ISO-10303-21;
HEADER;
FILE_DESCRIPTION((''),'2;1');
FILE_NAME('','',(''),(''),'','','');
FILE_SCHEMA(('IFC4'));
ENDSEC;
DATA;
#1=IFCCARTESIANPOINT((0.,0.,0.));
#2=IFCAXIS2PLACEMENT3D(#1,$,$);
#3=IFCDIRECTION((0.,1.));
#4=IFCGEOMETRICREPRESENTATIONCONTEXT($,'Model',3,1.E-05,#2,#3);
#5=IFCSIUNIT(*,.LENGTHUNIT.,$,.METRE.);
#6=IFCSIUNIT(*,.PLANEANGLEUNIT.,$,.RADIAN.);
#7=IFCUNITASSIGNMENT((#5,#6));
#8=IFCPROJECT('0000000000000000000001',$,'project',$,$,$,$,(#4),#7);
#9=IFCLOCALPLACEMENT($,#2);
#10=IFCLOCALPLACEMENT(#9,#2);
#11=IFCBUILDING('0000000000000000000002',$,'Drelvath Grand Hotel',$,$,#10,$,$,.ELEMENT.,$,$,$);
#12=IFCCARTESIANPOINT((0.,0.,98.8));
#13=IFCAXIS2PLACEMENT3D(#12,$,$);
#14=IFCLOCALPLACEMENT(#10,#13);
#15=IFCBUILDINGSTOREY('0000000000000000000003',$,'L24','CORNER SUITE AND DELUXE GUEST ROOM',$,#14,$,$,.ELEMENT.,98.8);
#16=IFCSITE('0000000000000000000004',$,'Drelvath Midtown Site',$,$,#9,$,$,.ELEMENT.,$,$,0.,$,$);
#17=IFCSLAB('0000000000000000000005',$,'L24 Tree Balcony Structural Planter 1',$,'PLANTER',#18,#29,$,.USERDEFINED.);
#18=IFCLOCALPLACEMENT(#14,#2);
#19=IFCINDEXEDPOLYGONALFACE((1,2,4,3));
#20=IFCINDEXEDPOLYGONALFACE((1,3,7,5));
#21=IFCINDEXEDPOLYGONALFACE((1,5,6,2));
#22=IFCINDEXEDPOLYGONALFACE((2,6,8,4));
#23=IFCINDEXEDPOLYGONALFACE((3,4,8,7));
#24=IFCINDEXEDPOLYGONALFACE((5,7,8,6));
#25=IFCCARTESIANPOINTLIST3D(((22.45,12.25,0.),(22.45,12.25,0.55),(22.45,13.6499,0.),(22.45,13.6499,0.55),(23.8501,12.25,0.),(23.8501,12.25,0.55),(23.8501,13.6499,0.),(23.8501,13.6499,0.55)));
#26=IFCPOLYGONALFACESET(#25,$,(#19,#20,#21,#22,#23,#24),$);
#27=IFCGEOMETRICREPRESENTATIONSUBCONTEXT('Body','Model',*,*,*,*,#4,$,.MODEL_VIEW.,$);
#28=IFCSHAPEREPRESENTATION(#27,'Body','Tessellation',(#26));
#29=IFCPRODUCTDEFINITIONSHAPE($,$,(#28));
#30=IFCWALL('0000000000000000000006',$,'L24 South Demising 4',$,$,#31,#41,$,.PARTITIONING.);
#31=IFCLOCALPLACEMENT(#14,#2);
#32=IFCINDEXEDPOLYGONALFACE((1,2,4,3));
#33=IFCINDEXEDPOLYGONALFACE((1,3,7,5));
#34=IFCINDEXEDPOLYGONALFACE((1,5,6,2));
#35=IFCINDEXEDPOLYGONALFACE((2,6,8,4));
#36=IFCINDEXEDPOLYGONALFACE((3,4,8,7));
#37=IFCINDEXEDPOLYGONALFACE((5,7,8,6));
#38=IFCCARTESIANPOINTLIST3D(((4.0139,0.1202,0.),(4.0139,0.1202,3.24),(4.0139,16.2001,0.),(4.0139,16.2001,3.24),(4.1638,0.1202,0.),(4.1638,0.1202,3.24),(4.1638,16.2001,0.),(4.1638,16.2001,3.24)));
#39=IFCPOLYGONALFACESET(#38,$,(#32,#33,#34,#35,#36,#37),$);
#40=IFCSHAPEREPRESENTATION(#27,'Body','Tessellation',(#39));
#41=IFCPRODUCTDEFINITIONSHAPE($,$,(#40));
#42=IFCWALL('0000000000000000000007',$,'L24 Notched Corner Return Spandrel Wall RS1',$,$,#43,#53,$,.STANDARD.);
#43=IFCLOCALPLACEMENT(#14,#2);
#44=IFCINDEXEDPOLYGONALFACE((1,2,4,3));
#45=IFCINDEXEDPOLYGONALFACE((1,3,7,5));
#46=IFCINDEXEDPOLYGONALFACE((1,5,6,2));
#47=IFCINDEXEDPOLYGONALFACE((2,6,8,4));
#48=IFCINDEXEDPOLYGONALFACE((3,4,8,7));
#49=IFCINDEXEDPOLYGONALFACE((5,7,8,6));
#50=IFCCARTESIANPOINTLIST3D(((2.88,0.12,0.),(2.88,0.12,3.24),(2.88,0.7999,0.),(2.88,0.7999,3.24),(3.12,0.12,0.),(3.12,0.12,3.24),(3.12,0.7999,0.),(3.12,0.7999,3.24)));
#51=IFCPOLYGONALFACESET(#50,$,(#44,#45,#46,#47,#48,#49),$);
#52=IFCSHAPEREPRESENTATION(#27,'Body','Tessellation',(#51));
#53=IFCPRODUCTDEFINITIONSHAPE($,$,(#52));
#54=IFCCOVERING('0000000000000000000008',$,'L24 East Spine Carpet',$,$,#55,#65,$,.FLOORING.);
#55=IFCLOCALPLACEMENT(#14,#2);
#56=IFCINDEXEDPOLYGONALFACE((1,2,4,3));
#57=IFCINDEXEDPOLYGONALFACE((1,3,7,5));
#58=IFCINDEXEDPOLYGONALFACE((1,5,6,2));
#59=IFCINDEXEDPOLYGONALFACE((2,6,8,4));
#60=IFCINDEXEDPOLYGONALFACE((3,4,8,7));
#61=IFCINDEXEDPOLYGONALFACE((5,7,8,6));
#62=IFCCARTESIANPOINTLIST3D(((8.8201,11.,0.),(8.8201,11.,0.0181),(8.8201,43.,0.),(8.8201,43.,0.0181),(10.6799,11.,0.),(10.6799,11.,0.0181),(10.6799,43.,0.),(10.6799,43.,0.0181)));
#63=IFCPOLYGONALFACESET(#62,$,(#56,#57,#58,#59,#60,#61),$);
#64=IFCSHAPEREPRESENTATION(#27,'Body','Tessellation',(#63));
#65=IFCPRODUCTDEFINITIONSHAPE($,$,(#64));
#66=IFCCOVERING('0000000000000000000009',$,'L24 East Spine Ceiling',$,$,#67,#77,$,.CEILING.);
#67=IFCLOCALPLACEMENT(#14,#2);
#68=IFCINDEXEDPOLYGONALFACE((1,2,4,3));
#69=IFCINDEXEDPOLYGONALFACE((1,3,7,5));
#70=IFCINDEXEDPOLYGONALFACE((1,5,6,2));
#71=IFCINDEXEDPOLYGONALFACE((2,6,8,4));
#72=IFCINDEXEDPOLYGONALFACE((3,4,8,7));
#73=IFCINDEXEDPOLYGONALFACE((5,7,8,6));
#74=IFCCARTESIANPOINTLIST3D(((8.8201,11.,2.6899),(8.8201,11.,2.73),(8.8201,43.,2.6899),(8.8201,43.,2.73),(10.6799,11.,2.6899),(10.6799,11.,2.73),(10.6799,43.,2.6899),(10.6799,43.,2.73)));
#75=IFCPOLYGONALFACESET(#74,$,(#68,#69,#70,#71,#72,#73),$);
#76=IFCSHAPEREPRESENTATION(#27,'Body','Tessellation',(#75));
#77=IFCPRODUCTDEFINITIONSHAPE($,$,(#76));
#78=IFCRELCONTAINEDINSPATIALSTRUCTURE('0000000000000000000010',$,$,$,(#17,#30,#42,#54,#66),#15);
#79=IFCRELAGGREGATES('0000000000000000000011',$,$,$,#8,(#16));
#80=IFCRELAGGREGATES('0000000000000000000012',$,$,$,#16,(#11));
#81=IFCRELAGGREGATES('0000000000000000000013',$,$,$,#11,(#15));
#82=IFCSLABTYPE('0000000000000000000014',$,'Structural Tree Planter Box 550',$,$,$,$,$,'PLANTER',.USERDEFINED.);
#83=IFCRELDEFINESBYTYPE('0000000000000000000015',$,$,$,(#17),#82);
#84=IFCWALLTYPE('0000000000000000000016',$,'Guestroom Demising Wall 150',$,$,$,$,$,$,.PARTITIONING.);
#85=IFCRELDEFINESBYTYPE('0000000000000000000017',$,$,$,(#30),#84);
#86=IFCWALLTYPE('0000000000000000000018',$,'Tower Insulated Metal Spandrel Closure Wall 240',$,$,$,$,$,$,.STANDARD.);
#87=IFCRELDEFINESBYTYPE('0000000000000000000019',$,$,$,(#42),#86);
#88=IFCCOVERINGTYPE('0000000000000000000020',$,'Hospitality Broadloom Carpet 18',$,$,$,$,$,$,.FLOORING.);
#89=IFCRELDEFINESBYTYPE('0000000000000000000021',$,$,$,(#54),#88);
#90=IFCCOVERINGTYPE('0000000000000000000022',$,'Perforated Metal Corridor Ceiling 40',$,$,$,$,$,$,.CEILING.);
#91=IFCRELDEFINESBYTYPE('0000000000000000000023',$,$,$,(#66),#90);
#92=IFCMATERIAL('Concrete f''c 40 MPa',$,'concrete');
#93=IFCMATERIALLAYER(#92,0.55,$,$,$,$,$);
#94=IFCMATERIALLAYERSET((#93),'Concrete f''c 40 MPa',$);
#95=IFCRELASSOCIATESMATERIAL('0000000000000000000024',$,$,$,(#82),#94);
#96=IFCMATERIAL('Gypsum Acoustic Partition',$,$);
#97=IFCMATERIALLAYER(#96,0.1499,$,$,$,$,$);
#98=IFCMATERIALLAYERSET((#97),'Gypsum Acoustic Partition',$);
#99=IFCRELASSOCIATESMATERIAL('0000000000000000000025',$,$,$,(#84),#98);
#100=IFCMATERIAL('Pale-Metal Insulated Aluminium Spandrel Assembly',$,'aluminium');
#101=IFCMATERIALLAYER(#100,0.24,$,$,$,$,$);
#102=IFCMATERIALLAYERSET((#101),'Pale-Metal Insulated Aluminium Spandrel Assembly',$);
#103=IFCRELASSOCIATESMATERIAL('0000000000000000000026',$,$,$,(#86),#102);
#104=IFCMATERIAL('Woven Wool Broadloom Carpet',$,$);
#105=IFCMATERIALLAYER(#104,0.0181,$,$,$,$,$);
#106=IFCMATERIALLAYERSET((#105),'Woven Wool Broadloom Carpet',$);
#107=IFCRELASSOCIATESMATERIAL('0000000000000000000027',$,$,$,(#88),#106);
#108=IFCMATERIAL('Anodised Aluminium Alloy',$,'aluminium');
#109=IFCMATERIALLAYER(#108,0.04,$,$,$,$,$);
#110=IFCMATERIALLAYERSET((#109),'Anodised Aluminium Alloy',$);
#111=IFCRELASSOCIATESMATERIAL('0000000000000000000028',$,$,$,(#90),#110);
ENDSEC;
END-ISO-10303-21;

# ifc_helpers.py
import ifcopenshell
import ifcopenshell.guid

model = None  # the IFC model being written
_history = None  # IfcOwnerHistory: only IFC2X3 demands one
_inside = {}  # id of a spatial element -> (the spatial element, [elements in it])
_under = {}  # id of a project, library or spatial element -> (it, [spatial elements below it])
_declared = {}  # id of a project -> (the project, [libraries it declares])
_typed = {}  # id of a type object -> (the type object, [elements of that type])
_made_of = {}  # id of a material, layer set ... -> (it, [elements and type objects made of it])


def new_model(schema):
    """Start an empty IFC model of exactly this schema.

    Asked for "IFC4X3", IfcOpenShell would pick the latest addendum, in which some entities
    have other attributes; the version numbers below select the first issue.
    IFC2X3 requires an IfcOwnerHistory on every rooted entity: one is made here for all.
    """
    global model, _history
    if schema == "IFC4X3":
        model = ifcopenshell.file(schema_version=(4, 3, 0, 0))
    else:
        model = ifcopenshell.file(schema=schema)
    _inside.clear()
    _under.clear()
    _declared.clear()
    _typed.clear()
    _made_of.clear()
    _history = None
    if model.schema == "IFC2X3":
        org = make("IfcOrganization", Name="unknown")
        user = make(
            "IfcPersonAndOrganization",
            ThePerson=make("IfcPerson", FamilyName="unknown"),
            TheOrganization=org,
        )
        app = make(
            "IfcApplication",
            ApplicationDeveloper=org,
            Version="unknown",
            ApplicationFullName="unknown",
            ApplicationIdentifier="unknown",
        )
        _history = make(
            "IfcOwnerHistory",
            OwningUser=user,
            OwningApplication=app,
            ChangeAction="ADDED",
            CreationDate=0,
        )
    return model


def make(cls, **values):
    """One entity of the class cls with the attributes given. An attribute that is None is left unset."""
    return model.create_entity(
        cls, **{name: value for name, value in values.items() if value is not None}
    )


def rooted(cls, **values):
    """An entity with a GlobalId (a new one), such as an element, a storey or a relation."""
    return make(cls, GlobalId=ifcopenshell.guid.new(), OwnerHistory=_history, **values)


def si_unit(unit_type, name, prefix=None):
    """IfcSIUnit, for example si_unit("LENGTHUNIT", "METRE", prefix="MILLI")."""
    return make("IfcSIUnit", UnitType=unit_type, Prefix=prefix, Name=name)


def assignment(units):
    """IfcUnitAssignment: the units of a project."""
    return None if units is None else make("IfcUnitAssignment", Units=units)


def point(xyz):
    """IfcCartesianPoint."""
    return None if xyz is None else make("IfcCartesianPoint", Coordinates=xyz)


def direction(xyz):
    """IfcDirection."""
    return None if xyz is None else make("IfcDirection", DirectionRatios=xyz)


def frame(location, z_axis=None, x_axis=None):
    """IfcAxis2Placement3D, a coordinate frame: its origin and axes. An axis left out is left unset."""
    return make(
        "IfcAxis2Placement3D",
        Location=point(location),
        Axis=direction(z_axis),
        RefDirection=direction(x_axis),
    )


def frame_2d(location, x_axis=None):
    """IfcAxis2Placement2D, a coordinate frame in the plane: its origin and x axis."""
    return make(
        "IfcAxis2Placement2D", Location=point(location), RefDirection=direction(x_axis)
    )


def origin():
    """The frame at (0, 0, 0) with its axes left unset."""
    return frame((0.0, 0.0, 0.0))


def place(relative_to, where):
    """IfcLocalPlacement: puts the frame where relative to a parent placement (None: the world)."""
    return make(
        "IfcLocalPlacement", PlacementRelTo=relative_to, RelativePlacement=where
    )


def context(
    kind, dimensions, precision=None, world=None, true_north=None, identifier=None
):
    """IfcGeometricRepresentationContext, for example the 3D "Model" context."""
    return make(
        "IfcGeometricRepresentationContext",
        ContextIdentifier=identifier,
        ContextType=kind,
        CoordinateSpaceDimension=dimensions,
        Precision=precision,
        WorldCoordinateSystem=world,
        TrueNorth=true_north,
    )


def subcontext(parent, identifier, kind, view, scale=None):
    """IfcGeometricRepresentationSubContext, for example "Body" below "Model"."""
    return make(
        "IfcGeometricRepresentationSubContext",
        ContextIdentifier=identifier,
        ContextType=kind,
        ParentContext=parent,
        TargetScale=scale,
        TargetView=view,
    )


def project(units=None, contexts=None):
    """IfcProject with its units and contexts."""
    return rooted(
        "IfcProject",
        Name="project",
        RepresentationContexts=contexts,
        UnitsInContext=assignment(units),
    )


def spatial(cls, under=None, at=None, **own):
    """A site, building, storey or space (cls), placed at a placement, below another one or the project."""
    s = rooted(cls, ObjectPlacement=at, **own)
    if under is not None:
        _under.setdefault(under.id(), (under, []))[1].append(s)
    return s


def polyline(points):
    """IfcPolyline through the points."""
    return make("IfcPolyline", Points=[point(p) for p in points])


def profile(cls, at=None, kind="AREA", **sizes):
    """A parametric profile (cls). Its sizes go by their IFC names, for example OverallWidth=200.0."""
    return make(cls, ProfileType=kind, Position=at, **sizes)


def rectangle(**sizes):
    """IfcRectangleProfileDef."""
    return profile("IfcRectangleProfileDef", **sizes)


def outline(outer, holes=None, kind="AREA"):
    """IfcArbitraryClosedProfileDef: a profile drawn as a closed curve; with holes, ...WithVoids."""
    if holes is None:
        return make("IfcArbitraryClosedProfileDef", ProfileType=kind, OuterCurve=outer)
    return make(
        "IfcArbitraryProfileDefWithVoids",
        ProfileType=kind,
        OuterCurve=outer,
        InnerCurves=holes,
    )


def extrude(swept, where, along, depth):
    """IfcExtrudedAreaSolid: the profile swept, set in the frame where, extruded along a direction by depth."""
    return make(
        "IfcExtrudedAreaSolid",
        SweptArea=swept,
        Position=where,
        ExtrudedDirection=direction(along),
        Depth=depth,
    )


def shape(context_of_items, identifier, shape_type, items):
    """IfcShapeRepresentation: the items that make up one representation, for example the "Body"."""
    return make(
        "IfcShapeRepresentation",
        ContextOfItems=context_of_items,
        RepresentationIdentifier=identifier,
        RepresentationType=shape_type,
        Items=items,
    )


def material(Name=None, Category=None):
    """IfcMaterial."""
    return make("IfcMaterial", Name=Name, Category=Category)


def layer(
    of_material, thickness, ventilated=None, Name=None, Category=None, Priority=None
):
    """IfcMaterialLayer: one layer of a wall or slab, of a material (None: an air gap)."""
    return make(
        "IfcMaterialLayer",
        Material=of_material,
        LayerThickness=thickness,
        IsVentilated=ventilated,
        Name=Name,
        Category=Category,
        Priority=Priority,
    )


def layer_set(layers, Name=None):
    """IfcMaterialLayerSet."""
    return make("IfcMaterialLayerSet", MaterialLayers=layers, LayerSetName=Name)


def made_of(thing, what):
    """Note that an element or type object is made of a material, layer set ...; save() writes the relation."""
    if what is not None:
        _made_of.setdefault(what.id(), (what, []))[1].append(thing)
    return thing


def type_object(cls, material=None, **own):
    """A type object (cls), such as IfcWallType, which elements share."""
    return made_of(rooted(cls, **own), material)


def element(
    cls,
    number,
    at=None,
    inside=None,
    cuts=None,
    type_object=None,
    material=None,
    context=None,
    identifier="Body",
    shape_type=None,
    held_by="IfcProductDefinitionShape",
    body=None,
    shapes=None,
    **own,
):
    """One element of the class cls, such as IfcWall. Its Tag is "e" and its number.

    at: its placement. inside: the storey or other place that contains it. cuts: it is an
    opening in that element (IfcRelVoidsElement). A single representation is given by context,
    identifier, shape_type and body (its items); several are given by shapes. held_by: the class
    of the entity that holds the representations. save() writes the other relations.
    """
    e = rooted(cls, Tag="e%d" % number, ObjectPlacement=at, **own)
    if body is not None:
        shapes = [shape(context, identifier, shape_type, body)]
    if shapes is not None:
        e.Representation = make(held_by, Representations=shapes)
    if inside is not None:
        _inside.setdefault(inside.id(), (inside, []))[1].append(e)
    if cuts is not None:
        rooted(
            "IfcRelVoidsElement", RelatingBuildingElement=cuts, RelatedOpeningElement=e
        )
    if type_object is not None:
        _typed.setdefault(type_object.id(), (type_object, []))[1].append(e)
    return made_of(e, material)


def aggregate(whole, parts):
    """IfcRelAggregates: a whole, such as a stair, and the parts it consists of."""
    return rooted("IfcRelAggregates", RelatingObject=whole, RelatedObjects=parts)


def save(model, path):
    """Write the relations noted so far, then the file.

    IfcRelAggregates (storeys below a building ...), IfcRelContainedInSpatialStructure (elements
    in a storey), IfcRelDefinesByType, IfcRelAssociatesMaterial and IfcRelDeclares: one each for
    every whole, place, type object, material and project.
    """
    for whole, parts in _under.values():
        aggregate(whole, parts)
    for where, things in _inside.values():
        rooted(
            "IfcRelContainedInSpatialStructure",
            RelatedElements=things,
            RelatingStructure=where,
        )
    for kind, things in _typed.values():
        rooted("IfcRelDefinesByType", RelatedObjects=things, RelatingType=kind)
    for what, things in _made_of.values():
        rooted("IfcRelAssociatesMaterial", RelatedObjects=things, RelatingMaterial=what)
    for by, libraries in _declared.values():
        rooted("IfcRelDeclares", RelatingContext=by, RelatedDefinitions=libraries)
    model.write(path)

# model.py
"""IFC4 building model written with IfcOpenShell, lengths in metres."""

from ifc_helpers import new_model, si_unit, direction, frame, frame_2d, origin, place, context, subcontext, project, spatial, polyline, rectangle, outline, extrude, material, layer, layer_set, type_object, element, save


model = new_model("IFC4")

# Units and contexts
model_context = context("Model", 3, precision=1e-05, world=origin(), true_north=direction((0.0, 1.0)))
body_context = subcontext(model_context, "Body", "Model", "MODEL_VIEW")
ifc_project = project(units=[si_unit("LENGTHUNIT", "METRE"), si_unit("PLANEANGLEUNIT", "RADIAN")], contexts=[model_context])

# Site, building, storey
site_placement = place(None, origin())
site = spatial("IfcSite", under=ifc_project, at=site_placement, Name="Drelvath Midtown Site", CompositionType="ELEMENT", RefElevation=0.0)
building_placement = place(site_placement, origin())
building = spatial("IfcBuilding", under=site, at=building_placement, Name="Drelvath Grand Hotel", CompositionType="ELEMENT")
storey_placement = place(building_placement, frame((0.0, 0.0, 98.8)))
storey = spatial("IfcBuildingStorey", under=building, at=storey_placement, Name="L24", Description="CORNER SUITE AND DELUXE GUEST ROOM", CompositionType="ELEMENT", Elevation=98.8)

# Shared definitions
ifc_material_1 = material(Name="Concrete f'c 40 MPa", Category="concrete")

# Slab
ifc_layer_1 = layer(ifc_material_1, 0.55)
ifc_layer_set_1 = layer_set([ifc_layer_1], Name="Concrete f'c 40 MPa")
slab_type_1 = type_object("IfcSlabType", Name="Structural Tree Planter Box 550", ElementType="PLANTER", PredefinedType="USERDEFINED", material=ifc_layer_set_1)
slab_1_placement = place(storey_placement, origin())
element("IfcSlab", 1, at=slab_1_placement, inside=storey, type_object=slab_type_1, Name="L24 Tree Balcony Structural Planter 1", ObjectType="PLANTER", PredefinedType="USERDEFINED", context=body_context, shape_type="SweptSolid", body=[
    extrude(outline(polyline([(22.45, 12.25), (23.8501, 12.25), (23.8501, 13.6499), (22.45, 13.6499), (22.45, 12.25)])), origin(), (0.0, 0.0, 1.0), 0.55),
])

# Walls
ifc_material_2 = material(Name="Gypsum Acoustic Partition")
ifc_layer_2 = layer(ifc_material_2, 0.1499)
ifc_layer_set_2 = layer_set([ifc_layer_2], Name="Gypsum Acoustic Partition")
wall_type_1 = type_object("IfcWallType", Name="Guestroom Demising Wall 150", PredefinedType="PARTITIONING", material=ifc_layer_set_2)
wall_1_placement = place(storey_placement, frame((4.0889, 0.1201, 0.0), z_axis=(0.0, 0.0, 1.0), x_axis=(0.0, 1.0, 0.0)))
element("IfcWall", 2, at=wall_1_placement, inside=storey, type_object=wall_type_1, Name="L24 South Demising 4", PredefinedType="PARTITIONING", context=body_context, shape_type="SweptSolid", body=[
    extrude(rectangle(XDim=16.0798, YDim=0.1499, at=frame_2d((8.04, 0.0))), origin(), (0.0, 0.0, 1.0), 3.24),
])
ifc_material_3 = material(Name="Pale-Metal Insulated Aluminium Spandrel Assembly", Category="aluminium")
ifc_layer_3 = layer(ifc_material_3, 0.24)
ifc_layer_set_3 = layer_set([ifc_layer_3], Name="Pale-Metal Insulated Aluminium Spandrel Assembly")
wall_type_2 = type_object("IfcWallType", Name="Tower Insulated Metal Spandrel Closure Wall 240", PredefinedType="STANDARD", material=ifc_layer_set_3)
wall_2_placement = place(storey_placement, frame((3.0, 0.1201, 0.0), z_axis=(0.0, 0.0, 1.0), x_axis=(0.0, 1.0, 0.0)))
element("IfcWall", 3, at=wall_2_placement, inside=storey, type_object=wall_type_2, Name="L24 Notched Corner Return Spandrel Wall RS1", PredefinedType="STANDARD", context=body_context, shape_type="SweptSolid", body=[
    extrude(rectangle(XDim=0.6799, YDim=0.24, at=frame_2d((0.3398, 0.0))), origin(), (0.0, 0.0, 1.0), 3.24),
])

# Coverings
ifc_material_4 = material(Name="Woven Wool Broadloom Carpet")
ifc_layer_4 = layer(ifc_material_4, 0.0181)
ifc_layer_set_4 = layer_set([ifc_layer_4], Name="Woven Wool Broadloom Carpet")
covering_type_1 = type_object("IfcCoveringType", Name="Hospitality Broadloom Carpet 18", PredefinedType="FLOORING", material=ifc_layer_set_4)
covering_1_placement = place(storey_placement, origin())
element("IfcCovering", 4, at=covering_1_placement, inside=storey, type_object=covering_type_1, Name="L24 East Spine Carpet", PredefinedType="FLOORING", context=body_context, shape_type="SweptSolid", body=[
    extrude(outline(polyline([(10.6799, 11.0), (10.6799, 43.0), (8.8201, 43.0), (8.8201, 11.0), (10.6799, 11.0)])), origin(), (0.0, 0.0, 1.0), 0.0181),
])
ifc_material_5 = material(Name="Anodised Aluminium Alloy", Category="aluminium")
ifc_layer_5 = layer(ifc_material_5, 0.04)
ifc_layer_set_5 = layer_set([ifc_layer_5], Name="Anodised Aluminium Alloy")
covering_type_2 = type_object("IfcCoveringType", Name="Perforated Metal Corridor Ceiling 40", PredefinedType="CEILING", material=ifc_layer_set_5)
covering_2_placement = place(storey_placement, frame((0.0, 0.0, 2.6899)))
element("IfcCovering", 5, at=covering_2_placement, inside=storey, type_object=covering_type_2, Name="L24 East Spine Ceiling", PredefinedType="CEILING", context=body_context, shape_type="SweptSolid", body=[
    extrude(outline(polyline([(10.6799, 11.0), (10.6799, 43.0), (8.8201, 43.0), (8.8201, 11.0), (10.6799, 11.0)])), origin(), (0.0, 0.0, 1.0), 0.04),
])

save(model, "model.ifc")
